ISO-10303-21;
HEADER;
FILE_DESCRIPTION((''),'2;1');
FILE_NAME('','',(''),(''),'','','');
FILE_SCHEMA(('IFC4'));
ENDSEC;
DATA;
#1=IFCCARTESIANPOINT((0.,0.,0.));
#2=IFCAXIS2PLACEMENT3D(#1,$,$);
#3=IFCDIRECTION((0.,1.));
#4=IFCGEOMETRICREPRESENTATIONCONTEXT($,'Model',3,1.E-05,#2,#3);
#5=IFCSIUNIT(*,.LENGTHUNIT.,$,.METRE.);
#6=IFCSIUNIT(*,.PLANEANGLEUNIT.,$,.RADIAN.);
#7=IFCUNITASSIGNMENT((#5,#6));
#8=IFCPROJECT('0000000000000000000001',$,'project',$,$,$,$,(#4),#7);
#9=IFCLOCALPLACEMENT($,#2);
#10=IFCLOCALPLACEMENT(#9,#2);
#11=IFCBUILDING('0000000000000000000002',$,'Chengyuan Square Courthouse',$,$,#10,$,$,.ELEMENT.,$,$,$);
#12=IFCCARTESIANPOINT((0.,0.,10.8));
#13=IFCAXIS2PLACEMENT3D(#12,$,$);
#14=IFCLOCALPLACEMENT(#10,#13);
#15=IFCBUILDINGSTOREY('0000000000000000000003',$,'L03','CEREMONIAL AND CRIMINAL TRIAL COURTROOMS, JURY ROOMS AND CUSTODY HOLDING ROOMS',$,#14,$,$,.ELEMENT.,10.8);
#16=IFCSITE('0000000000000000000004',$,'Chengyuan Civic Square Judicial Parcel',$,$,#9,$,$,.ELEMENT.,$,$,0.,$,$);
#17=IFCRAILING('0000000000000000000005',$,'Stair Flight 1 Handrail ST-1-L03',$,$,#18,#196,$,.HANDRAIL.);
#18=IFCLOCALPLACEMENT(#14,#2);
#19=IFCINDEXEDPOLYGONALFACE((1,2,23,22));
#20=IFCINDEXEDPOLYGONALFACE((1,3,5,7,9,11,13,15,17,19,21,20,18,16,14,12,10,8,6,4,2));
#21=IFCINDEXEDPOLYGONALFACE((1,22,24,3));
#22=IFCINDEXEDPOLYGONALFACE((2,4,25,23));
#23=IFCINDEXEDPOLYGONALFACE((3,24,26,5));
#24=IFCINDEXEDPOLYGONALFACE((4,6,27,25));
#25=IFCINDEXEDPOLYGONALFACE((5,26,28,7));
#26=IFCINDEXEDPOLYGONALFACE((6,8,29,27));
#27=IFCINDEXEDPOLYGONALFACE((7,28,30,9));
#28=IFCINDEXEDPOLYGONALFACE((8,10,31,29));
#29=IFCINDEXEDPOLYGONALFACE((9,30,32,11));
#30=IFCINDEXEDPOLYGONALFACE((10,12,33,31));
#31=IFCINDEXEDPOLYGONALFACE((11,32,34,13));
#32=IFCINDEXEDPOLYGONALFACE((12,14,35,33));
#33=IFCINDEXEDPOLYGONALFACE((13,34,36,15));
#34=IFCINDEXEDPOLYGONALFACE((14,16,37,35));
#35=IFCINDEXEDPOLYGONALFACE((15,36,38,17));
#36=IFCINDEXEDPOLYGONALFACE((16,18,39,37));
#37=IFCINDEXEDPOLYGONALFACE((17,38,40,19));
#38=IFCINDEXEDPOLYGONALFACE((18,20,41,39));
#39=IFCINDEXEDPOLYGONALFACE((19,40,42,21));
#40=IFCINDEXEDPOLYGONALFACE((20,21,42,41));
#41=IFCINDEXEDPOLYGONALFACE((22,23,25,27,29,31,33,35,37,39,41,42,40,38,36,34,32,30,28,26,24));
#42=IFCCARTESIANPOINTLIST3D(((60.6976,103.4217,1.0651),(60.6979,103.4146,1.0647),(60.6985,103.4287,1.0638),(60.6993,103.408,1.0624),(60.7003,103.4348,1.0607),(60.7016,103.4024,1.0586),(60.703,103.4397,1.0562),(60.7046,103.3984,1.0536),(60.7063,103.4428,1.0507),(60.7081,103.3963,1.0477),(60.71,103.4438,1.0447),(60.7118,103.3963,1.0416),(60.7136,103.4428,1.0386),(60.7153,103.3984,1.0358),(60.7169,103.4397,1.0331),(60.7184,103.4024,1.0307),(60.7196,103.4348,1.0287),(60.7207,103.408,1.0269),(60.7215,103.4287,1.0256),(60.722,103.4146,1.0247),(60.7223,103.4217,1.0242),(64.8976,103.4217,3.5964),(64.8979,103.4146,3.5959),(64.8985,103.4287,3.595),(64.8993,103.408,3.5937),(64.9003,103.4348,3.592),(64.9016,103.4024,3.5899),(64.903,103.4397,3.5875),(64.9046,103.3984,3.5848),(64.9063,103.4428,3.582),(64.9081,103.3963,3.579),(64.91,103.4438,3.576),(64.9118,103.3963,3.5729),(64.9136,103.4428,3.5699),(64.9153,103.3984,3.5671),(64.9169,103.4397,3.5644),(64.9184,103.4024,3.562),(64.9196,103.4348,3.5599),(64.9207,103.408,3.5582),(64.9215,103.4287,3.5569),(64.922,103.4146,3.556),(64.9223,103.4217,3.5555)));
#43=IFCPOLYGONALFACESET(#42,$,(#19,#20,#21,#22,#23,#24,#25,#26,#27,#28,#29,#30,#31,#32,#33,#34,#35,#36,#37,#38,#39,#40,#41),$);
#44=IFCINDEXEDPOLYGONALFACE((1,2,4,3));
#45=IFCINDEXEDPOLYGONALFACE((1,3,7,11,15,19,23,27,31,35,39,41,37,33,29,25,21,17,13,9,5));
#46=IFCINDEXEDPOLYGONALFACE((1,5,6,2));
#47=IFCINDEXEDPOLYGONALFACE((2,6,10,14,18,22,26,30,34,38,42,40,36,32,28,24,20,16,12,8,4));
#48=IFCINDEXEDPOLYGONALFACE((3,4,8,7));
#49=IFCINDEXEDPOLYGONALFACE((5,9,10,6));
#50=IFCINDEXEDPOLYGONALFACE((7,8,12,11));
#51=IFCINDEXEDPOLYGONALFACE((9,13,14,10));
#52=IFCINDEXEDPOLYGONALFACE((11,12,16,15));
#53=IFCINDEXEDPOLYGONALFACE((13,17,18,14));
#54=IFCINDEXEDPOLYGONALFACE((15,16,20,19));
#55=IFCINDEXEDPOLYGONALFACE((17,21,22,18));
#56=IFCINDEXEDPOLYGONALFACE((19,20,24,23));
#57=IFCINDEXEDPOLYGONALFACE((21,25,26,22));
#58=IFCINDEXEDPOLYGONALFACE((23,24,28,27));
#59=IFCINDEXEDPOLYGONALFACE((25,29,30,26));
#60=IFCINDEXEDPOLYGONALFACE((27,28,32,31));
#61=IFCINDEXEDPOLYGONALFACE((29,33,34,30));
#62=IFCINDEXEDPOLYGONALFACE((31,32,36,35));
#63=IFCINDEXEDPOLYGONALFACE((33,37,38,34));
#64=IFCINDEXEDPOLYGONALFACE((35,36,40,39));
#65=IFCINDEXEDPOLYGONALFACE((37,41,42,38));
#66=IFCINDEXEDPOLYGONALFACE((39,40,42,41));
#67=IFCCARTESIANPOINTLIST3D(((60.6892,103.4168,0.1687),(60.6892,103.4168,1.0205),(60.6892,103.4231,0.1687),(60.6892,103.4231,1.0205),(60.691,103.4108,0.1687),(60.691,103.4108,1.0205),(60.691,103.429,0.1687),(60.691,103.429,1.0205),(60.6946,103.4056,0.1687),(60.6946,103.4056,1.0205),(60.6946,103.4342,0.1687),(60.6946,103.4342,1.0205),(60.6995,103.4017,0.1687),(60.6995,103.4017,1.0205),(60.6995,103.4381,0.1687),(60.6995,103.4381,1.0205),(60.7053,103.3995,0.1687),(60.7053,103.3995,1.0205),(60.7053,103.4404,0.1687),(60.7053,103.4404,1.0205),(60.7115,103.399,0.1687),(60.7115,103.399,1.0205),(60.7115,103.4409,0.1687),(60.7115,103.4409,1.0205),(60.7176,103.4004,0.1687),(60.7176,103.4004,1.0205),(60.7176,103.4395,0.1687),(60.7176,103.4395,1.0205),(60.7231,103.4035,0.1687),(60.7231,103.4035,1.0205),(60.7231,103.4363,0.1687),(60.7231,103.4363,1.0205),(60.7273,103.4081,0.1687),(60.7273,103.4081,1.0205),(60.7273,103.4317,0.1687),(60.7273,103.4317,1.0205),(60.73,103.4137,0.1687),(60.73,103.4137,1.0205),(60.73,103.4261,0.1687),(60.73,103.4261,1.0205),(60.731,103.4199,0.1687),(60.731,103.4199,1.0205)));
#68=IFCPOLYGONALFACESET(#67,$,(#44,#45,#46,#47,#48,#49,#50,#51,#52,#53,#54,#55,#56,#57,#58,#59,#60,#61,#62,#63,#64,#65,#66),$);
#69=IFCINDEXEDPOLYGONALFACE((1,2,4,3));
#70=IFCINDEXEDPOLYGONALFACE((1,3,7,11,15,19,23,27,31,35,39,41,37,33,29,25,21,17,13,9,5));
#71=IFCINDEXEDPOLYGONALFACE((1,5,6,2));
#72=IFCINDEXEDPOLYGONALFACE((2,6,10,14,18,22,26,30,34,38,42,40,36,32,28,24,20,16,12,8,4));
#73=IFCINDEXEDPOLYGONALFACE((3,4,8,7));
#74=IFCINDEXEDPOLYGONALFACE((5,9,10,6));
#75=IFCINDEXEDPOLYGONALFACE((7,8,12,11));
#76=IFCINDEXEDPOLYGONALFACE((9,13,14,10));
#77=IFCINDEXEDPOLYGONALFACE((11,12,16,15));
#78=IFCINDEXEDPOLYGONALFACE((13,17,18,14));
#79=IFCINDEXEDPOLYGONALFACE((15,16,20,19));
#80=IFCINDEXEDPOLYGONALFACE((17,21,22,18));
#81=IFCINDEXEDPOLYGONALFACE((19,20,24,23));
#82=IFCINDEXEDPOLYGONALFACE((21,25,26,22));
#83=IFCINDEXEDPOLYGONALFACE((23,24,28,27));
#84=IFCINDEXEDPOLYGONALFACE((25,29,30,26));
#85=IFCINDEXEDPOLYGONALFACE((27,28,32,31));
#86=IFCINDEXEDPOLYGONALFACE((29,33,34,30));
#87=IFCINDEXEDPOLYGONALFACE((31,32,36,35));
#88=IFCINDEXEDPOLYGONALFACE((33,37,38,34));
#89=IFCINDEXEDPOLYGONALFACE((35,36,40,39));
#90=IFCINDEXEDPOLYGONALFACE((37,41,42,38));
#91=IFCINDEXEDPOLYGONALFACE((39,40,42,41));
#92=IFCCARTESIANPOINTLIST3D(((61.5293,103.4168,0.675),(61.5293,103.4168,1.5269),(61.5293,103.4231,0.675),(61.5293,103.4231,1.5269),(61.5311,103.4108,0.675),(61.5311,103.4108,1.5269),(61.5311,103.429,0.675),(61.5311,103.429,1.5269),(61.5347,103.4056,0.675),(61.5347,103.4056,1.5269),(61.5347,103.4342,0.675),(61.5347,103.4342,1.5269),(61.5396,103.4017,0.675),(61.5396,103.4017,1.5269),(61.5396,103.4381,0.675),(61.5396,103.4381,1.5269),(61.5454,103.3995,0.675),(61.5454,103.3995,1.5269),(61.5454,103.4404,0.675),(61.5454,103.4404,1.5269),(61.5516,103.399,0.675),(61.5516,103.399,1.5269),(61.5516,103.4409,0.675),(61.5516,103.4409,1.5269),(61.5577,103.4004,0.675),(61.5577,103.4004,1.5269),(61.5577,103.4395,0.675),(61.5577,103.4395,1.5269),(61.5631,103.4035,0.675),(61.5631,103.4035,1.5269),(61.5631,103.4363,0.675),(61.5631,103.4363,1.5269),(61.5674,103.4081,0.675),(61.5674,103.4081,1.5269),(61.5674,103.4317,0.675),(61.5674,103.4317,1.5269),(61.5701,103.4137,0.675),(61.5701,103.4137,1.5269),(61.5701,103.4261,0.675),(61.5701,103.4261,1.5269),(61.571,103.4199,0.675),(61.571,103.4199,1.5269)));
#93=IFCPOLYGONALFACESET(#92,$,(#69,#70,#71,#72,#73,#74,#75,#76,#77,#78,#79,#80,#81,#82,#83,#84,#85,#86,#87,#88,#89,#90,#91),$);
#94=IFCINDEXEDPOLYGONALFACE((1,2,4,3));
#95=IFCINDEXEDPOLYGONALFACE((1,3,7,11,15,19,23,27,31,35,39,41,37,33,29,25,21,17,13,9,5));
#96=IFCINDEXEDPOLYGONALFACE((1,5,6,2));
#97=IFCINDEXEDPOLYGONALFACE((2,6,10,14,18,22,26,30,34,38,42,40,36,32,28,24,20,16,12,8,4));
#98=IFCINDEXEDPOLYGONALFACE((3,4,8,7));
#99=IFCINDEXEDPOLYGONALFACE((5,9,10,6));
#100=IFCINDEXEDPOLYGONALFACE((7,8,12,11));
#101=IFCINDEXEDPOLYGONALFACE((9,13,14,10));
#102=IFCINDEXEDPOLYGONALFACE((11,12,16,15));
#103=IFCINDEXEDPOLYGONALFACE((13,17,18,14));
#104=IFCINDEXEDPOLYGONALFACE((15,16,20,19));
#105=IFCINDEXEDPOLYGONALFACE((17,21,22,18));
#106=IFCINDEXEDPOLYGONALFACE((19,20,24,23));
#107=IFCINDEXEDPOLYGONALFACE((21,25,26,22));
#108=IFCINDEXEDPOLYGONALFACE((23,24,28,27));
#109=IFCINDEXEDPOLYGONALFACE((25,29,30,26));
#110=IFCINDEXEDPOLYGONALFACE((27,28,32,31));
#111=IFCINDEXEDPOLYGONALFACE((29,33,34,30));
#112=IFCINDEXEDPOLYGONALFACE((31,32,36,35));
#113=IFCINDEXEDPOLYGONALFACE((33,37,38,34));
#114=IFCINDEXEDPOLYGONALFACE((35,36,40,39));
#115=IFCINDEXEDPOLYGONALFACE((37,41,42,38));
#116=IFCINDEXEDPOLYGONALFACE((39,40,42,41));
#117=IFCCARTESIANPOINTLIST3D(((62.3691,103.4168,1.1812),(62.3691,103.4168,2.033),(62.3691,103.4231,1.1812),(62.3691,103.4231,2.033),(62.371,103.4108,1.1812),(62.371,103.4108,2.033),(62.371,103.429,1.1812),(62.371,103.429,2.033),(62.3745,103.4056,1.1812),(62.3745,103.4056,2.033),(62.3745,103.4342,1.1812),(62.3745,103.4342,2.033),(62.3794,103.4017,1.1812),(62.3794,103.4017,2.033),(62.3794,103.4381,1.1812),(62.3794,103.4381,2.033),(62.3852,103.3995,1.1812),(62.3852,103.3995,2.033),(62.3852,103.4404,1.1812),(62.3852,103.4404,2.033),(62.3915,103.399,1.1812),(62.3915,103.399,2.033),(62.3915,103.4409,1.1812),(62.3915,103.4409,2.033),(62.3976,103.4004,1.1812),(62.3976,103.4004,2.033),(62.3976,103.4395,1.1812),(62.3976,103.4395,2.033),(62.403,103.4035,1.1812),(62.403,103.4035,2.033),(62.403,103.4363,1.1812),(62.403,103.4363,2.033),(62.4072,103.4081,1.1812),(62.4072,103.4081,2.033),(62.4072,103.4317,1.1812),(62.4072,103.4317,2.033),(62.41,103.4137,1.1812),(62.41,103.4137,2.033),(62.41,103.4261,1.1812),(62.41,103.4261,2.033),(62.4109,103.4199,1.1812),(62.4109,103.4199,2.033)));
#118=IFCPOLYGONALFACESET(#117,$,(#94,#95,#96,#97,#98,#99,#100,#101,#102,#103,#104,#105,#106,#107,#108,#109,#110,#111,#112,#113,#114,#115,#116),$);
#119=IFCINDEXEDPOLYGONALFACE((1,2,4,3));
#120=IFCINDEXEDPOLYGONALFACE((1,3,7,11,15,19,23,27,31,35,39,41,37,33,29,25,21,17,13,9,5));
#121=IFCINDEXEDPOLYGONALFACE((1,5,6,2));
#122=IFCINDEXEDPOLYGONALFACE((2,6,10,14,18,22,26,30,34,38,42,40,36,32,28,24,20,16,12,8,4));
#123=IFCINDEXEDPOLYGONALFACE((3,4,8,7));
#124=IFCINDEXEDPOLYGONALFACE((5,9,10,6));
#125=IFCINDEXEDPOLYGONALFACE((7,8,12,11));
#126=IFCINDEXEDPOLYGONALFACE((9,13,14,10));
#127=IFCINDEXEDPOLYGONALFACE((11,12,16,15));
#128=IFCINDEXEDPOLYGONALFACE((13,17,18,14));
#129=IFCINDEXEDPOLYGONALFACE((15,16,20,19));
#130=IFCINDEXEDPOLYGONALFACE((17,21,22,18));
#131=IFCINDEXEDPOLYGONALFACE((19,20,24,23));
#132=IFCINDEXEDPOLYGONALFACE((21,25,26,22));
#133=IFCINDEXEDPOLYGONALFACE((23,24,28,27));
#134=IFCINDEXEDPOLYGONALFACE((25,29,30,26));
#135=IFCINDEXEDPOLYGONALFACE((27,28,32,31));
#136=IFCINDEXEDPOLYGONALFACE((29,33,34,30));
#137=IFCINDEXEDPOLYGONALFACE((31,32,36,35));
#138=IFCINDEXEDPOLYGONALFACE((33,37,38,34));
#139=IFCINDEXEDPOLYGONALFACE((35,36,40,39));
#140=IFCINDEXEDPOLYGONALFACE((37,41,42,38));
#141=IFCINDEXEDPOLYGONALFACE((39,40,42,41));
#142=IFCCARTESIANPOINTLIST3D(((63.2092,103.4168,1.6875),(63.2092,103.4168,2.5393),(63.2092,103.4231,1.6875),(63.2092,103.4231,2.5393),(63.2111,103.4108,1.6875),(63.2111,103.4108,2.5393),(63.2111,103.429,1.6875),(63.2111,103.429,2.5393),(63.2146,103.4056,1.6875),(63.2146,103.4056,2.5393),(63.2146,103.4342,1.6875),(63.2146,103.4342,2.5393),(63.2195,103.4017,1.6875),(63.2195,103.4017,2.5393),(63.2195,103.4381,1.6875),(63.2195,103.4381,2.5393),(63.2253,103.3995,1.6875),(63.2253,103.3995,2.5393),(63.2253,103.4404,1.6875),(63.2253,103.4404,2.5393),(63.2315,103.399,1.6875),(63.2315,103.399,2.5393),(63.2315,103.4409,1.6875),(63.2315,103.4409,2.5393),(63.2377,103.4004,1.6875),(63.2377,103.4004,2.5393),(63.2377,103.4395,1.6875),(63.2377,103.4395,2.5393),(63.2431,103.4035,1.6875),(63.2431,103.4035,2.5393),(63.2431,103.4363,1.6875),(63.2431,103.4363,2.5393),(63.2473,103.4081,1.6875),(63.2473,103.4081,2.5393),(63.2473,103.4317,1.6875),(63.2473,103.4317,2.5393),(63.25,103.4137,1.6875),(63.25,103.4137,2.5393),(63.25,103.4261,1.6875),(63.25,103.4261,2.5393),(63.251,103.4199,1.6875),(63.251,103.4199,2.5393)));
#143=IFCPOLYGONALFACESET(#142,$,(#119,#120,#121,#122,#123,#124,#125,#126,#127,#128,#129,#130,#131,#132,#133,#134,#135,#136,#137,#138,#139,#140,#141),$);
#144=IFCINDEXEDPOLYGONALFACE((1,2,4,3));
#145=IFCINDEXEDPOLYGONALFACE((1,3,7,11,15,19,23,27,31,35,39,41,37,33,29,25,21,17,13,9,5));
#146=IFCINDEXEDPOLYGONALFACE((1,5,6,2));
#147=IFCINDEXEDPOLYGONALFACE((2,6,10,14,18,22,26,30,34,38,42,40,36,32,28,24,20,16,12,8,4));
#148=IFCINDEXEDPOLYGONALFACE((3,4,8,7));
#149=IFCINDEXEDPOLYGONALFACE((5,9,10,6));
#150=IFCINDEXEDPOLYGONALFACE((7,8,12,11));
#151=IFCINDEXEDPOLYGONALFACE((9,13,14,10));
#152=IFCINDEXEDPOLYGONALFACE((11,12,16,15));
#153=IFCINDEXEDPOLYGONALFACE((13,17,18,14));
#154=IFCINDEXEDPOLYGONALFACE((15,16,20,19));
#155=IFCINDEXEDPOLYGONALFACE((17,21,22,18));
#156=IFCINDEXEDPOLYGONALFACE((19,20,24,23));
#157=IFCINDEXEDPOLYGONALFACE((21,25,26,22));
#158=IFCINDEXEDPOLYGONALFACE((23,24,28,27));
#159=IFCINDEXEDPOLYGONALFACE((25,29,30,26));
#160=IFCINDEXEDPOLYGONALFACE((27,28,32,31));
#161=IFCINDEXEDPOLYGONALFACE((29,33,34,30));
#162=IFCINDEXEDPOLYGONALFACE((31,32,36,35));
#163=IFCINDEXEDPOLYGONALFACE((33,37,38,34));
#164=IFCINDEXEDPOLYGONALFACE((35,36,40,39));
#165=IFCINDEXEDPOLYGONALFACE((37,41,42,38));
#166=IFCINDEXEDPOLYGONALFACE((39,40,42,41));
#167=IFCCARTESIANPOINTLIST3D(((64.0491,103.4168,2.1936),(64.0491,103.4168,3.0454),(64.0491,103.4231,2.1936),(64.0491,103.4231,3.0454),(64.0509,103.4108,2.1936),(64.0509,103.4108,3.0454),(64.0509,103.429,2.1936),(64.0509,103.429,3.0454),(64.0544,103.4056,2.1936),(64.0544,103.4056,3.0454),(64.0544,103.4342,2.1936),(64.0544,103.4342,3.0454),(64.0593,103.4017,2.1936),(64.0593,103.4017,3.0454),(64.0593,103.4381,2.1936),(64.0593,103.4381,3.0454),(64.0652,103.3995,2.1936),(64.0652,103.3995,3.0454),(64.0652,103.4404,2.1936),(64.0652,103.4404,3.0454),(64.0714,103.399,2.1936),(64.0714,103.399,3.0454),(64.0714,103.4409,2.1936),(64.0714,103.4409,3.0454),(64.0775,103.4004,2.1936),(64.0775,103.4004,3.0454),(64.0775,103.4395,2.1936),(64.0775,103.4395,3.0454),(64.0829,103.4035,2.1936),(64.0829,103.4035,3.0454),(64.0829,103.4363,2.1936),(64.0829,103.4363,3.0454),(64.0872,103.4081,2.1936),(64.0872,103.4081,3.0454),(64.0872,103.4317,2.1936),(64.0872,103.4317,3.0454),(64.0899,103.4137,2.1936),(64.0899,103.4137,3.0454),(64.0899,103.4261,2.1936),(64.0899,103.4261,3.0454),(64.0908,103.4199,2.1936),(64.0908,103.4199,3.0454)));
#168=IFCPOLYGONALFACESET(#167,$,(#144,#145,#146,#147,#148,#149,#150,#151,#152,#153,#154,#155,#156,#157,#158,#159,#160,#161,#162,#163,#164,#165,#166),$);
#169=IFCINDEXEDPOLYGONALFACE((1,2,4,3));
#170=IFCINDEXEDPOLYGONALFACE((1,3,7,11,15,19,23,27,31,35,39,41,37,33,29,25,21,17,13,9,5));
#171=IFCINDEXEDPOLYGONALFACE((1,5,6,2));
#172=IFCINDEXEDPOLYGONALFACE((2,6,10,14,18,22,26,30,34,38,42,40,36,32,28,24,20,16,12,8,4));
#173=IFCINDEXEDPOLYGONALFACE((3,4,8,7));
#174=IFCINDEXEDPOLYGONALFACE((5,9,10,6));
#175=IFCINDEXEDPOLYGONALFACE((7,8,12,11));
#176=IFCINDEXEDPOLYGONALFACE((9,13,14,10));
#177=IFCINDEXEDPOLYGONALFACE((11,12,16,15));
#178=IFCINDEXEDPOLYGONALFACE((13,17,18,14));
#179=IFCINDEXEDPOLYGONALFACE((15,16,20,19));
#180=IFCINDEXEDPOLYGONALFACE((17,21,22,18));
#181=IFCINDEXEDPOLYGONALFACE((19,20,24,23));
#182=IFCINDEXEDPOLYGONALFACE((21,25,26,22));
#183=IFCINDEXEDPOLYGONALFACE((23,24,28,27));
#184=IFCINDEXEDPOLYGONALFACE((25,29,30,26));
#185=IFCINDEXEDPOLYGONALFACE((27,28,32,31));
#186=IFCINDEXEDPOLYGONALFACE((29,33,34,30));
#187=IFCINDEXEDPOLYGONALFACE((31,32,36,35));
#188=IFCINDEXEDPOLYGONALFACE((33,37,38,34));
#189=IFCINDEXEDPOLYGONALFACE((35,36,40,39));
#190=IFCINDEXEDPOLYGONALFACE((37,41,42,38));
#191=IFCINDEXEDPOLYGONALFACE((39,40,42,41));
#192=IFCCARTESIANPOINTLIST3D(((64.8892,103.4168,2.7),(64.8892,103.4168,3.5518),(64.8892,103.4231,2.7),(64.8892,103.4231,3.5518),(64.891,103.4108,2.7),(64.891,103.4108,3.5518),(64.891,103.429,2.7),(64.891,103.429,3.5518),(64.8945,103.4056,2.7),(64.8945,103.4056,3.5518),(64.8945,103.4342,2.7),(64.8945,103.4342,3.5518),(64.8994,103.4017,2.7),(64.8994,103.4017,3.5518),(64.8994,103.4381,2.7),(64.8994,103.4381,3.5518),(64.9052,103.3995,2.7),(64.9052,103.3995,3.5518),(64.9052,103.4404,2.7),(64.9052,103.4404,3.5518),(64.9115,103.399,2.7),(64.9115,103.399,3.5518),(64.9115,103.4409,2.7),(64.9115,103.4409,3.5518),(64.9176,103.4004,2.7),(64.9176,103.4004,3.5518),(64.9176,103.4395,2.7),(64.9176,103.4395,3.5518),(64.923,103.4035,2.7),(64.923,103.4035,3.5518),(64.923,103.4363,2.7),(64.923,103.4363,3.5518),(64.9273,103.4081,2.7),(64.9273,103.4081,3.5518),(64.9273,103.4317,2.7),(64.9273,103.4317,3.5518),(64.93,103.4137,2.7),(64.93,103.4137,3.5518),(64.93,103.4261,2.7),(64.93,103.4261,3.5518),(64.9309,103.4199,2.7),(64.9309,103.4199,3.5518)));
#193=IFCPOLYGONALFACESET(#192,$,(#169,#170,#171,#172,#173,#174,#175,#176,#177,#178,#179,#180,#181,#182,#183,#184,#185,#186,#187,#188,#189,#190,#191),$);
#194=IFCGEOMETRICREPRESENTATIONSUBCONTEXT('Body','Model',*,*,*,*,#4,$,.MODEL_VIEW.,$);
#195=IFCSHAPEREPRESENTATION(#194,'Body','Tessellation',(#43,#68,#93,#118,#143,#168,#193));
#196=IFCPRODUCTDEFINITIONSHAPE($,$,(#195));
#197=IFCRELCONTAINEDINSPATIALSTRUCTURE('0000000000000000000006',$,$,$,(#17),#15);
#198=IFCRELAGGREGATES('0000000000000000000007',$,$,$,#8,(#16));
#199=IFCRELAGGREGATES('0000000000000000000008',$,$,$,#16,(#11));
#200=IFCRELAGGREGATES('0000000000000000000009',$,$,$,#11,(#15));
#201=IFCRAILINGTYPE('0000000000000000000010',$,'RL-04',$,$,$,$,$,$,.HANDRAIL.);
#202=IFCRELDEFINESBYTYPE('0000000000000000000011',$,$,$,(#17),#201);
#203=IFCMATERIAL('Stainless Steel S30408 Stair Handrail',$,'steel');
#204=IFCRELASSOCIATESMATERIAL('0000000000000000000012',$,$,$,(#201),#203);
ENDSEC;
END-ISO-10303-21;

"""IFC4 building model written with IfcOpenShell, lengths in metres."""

from ifc_helpers import new_model, si_unit, direction, frame, origin, origin_2d, place, context, subcontext, project, spatial, circle, extrude, material, type_object, element, save


model = new_model("IFC4")

# Units and contexts
model_context = context("Model", 3, precision=1e-05, world=origin(), true_north=direction((0.0, 1.0)))
body_context = subcontext(model_context, "Body", "Model", "MODEL_VIEW")
ifc_project = project(units=[si_unit("LENGTHUNIT", "METRE"), si_unit("PLANEANGLEUNIT", "RADIAN")], contexts=[model_context])

# Site, building, storey
site_placement = place(None, origin())
site = spatial("IfcSite", under=ifc_project, at=site_placement, Name="Chengyuan Civic Square Judicial Parcel", CompositionType="ELEMENT", RefElevation=0.0)
building_placement = place(site_placement, origin())
building = spatial("IfcBuilding", under=site, at=building_placement, Name="Chengyuan Square Courthouse", CompositionType="ELEMENT")
storey_placement = place(building_placement, frame((0.0, 0.0, 10.8)))
storey = spatial("IfcBuildingStorey", under=building, at=storey_placement, Name="L03", Description="CEREMONIAL AND CRIMINAL TRIAL COURTROOMS, JURY ROOMS AND CUSTODY HOLDING ROOMS", CompositionType="ELEMENT", Elevation=10.8)

# Railing
ifc_material_1 = material(Name="Stainless Steel S30408 Stair Handrail", Category="steel")
railing_type_1 = type_object("IfcRailingType", Name="RL-04", PredefinedType="HANDRAIL", material=ifc_material_1)
railing_1_placement = place(storey_placement, frame((60.71, 103.4199, 0.1687)))
element("IfcRailing", 1, at=railing_1_placement, inside=storey, type_object=railing_type_1, Name="Stair Flight 1 Handrail ST-1-L03", PredefinedType="HANDRAIL", context=body_context, shape_type="SweptSolid", body=[
    extrude(circle(Radius=0.0239, at=origin_2d()), frame((0.0, 0.0, 0.876), z_axis=(0.856476, 0.0, 0.516186), x_axis=(0.0, 1.0, 0.0)), (0.0, 0.0, 1.0), 4.9038),
    extrude(circle(Radius=0.021, at=origin_2d()), origin(), (0.0, 0.0, 1.0), 0.8518),
    extrude(circle(Radius=0.021, at=origin_2d()), frame((0.8401, 0.0, 0.5063)), (0.0, 0.0, 1.0), 0.8518),
    extrude(circle(Radius=0.021, at=origin_2d()), frame((1.6799, 0.0, 1.0125)), (0.0, 0.0, 1.0), 0.8518),
    extrude(circle(Radius=0.021, at=origin_2d()), frame((2.52, 0.0, 1.5188)), (0.0, 0.0, 1.0), 0.8518),
    extrude(circle(Radius=0.021, at=origin_2d()), frame((3.3599, 0.0, 2.0249)), (0.0, 0.0, 1.0), 0.8518),
    extrude(circle(Radius=0.021, at=origin_2d()), frame((4.2, 0.0, 2.5312)), (0.0, 0.0, 1.0), 0.8518),
])

save(model, "model.ifc")
